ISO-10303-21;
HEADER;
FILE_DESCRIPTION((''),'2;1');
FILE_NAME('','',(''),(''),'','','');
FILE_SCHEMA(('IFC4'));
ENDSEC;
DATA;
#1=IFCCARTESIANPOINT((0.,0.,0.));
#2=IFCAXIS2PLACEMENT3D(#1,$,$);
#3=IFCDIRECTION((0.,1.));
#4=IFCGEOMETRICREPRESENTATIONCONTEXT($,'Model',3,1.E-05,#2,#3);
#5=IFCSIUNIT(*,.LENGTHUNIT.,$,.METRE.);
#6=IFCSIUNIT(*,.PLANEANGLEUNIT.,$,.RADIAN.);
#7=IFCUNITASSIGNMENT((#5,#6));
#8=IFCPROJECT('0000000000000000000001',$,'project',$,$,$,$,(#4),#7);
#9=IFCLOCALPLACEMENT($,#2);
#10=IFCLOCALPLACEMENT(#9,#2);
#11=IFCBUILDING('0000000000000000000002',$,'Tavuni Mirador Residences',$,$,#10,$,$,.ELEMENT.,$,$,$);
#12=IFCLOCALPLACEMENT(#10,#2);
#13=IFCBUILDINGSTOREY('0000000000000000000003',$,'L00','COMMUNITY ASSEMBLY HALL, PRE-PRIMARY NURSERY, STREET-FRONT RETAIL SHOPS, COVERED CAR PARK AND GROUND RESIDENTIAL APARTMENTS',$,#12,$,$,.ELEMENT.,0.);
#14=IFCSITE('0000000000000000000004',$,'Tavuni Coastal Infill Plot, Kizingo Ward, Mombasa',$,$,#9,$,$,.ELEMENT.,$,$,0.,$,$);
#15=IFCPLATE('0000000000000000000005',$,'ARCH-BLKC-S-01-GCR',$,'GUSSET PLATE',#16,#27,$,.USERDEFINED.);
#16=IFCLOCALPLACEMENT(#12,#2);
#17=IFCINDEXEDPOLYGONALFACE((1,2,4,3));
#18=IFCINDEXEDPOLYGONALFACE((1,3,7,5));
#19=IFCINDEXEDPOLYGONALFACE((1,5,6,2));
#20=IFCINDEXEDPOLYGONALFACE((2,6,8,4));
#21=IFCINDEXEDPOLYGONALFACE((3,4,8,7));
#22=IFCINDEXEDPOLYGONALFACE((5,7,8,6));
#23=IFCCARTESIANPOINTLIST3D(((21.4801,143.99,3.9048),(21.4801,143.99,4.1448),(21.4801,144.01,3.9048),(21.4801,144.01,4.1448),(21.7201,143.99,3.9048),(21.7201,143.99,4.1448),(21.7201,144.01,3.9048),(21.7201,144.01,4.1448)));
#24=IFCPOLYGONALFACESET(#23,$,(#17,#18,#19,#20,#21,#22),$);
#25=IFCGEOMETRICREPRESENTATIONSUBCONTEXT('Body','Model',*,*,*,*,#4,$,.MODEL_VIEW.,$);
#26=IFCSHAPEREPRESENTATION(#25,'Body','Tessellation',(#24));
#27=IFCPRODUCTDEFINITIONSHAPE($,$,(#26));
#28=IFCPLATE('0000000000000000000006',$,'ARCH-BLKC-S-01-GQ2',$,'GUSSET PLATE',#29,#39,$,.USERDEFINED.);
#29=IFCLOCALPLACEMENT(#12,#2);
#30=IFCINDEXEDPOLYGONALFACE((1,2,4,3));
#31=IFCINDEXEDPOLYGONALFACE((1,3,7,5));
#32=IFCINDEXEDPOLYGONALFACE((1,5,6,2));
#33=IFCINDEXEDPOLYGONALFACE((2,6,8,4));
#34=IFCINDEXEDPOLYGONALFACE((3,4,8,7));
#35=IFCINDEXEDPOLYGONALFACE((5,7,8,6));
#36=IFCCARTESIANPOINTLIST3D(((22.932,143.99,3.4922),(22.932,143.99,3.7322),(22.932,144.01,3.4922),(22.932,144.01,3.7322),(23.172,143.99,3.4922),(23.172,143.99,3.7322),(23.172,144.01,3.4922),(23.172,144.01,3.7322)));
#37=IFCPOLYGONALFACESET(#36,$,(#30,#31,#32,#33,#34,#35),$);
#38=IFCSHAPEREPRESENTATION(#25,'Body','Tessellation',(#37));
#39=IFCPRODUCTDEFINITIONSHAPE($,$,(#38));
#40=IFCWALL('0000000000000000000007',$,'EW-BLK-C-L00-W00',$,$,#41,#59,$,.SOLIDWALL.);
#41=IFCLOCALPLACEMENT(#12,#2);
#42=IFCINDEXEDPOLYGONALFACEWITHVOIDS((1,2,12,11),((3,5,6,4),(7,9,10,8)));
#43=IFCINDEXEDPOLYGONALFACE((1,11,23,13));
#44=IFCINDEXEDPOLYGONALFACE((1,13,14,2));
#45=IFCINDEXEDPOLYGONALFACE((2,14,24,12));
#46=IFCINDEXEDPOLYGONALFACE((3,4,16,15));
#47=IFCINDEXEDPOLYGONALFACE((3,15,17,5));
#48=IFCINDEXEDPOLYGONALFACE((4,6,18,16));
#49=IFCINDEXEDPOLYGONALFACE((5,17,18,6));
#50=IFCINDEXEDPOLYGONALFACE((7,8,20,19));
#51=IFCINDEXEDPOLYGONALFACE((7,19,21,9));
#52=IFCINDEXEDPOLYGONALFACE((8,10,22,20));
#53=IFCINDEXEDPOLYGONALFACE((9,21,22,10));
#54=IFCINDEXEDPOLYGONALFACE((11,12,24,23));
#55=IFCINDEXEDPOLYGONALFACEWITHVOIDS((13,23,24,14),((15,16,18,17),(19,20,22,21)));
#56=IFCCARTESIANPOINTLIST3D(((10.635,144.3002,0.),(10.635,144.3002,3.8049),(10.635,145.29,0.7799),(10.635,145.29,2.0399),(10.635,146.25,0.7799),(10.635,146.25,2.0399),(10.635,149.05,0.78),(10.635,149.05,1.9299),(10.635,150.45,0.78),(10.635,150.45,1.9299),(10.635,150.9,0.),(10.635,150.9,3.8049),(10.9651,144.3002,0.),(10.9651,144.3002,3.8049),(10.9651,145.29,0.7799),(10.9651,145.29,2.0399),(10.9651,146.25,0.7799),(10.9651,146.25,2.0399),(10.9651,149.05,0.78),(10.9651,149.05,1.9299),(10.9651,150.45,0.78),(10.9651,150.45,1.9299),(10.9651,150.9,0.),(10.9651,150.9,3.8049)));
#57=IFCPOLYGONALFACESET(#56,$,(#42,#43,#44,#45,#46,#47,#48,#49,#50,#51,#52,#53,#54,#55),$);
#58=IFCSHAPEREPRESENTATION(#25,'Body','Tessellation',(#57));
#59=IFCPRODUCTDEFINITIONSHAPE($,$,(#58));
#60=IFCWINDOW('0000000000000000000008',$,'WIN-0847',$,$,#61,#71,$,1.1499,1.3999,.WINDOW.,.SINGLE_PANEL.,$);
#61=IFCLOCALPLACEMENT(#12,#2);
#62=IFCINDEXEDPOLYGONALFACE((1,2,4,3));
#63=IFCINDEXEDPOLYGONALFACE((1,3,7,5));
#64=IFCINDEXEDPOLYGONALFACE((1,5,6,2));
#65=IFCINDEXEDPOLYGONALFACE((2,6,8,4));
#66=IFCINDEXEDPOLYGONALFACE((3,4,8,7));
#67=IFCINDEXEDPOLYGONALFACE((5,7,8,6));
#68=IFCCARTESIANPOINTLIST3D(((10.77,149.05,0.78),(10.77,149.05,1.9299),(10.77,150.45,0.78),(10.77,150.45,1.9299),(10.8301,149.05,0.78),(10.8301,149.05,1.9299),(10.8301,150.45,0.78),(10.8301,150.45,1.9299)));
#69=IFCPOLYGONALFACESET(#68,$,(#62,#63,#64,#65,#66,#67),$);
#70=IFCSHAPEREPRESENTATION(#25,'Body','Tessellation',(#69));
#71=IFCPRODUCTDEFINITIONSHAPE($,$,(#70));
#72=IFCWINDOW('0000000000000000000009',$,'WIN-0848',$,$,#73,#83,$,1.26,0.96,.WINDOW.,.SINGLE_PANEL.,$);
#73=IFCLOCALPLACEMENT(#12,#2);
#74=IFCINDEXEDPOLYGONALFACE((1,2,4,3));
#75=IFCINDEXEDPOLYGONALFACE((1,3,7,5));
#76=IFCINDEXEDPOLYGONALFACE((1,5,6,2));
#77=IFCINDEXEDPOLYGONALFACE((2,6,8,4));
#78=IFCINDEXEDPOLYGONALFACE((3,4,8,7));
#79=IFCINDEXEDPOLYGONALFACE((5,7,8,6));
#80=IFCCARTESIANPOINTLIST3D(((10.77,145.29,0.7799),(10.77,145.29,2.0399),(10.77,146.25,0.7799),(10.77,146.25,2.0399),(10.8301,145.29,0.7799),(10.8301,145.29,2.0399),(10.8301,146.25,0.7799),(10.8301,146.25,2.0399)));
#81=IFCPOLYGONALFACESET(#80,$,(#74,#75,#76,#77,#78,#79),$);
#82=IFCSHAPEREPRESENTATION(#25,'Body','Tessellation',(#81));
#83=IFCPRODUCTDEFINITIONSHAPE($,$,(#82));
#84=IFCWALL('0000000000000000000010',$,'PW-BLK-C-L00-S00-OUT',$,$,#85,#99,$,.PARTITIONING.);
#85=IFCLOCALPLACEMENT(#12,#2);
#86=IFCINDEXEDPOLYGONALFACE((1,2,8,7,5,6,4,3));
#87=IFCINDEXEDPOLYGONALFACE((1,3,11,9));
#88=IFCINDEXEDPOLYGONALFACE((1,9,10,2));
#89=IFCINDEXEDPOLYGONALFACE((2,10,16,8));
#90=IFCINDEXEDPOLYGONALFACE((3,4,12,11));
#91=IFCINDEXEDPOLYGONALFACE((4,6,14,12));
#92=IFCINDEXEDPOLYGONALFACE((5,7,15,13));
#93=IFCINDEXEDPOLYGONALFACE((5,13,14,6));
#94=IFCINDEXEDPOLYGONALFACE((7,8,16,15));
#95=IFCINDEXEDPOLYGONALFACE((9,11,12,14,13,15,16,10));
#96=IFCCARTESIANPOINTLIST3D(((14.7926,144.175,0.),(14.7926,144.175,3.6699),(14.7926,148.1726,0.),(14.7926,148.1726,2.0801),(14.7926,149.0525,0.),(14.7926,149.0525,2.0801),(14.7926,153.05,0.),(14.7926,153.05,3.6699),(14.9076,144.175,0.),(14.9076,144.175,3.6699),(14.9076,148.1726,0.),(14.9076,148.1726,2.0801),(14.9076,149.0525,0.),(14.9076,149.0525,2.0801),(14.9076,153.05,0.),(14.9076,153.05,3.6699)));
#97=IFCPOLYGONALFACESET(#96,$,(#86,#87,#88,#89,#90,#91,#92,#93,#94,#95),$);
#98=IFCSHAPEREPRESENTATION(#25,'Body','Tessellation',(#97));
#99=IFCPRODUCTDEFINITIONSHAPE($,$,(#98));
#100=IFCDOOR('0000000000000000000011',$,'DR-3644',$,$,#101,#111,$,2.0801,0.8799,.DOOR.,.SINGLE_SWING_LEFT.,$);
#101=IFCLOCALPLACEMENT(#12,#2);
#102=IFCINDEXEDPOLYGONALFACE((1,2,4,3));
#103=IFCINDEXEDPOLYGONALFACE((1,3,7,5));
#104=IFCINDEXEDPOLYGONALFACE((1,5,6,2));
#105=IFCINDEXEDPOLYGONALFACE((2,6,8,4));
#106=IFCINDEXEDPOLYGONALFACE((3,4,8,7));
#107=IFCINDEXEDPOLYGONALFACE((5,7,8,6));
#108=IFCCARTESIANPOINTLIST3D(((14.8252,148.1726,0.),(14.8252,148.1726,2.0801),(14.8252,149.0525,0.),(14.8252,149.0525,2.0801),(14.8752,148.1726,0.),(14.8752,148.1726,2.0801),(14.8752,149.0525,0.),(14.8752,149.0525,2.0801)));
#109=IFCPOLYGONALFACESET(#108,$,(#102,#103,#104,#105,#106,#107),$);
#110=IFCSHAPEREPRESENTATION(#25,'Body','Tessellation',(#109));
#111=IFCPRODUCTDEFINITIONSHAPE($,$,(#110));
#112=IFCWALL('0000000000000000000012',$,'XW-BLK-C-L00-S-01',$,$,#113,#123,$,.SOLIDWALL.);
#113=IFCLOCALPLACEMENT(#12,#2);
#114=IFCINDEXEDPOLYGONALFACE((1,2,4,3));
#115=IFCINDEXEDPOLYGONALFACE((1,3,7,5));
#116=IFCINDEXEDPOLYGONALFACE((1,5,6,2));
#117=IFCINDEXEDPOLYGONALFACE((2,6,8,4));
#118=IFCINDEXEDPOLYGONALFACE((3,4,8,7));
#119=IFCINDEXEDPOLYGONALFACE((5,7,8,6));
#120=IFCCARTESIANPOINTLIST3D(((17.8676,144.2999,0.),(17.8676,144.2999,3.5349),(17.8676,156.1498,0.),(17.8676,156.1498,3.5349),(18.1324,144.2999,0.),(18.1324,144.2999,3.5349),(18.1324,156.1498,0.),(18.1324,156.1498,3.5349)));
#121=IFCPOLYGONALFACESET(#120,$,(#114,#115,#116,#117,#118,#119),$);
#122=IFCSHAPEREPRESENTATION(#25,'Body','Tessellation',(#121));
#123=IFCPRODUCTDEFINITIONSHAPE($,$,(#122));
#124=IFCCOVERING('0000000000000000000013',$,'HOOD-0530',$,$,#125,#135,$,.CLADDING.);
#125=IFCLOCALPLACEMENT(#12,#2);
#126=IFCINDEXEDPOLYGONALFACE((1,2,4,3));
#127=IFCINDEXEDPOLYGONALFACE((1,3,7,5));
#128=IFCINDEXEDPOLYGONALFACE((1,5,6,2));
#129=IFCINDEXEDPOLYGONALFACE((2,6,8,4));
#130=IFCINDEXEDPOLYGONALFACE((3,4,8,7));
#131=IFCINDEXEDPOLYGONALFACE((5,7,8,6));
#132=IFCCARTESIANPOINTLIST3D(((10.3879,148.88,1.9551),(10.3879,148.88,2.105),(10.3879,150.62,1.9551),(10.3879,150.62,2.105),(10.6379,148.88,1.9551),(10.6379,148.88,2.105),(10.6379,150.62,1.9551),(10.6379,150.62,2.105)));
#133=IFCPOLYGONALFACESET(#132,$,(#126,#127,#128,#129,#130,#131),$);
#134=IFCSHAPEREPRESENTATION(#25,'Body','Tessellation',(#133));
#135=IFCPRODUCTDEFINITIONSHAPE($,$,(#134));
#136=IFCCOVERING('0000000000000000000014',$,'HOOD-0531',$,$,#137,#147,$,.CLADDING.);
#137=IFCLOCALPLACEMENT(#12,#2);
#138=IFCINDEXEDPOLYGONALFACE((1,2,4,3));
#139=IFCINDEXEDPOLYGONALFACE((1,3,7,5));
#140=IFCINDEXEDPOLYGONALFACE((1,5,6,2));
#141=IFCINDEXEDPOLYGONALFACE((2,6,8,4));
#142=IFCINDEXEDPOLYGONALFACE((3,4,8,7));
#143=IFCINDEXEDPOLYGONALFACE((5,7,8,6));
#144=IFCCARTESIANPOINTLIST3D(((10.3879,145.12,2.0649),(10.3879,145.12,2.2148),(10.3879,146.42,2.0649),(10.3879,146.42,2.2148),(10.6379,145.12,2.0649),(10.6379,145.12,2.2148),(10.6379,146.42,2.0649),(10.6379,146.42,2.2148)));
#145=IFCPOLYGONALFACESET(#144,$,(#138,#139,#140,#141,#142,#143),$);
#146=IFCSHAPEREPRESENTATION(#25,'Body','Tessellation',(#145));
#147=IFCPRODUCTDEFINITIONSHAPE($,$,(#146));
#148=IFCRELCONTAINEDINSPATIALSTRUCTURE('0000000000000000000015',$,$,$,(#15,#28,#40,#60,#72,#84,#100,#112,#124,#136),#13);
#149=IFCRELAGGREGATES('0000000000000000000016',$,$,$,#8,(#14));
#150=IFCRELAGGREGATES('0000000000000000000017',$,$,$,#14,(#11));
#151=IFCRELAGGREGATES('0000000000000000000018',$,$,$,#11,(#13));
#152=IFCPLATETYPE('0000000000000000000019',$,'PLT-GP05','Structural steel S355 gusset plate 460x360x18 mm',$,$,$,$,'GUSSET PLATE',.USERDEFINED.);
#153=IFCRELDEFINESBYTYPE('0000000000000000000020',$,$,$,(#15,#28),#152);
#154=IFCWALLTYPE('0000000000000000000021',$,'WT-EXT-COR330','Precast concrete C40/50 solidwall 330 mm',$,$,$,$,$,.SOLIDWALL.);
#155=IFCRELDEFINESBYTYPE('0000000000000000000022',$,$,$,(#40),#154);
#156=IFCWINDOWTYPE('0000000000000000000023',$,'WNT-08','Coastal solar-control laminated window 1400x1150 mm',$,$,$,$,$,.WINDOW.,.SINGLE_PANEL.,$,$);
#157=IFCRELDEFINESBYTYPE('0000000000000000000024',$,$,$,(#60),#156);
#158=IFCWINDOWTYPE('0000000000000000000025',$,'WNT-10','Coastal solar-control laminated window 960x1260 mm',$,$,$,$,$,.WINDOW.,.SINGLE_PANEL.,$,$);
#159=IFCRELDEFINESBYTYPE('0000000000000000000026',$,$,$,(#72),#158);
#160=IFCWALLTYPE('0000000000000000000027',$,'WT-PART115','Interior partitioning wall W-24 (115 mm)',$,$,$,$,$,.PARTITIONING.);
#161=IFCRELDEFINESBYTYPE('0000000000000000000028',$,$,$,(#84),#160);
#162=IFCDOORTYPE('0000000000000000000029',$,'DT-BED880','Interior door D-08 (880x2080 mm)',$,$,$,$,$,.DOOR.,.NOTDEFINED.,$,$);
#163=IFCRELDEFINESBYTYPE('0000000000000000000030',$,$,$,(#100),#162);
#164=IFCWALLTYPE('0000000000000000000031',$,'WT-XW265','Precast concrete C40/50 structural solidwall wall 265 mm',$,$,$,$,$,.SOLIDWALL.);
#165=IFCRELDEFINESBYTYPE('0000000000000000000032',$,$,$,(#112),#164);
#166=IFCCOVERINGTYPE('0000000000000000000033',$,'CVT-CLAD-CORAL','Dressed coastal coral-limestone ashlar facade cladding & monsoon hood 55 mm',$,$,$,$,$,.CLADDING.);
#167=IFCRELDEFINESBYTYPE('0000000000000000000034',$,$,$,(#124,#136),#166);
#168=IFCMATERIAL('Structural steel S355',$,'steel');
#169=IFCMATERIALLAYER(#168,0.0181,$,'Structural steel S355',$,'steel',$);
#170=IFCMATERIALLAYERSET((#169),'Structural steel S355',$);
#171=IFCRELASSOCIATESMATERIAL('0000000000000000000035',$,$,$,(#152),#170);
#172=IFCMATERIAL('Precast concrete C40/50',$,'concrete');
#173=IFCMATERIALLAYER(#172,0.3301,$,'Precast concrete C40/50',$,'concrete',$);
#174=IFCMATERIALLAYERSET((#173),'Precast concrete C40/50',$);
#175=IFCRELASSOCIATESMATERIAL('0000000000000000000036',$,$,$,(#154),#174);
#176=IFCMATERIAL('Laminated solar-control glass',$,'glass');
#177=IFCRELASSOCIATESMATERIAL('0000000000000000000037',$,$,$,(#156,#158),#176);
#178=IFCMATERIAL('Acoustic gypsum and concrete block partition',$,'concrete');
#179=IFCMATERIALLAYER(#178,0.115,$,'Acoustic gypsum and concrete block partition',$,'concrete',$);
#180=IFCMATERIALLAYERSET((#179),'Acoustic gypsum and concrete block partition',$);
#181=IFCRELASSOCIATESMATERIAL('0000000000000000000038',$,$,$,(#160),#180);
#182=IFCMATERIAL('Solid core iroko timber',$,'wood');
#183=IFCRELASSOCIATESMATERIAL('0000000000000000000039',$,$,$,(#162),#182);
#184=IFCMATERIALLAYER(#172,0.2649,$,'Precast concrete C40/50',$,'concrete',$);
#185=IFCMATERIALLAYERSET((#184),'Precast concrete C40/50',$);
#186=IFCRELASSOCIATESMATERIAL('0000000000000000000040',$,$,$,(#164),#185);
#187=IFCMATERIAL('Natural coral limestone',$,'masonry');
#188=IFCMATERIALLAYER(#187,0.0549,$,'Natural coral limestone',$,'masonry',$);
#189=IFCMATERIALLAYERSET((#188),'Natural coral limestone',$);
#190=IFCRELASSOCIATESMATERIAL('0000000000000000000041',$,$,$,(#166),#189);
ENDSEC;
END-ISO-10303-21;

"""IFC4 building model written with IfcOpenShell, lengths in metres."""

from ifc_helpers import new_model, si_unit, direction, frame, frame_2d, origin, origin_2d, place, context, subcontext, project, spatial, rectangle, extrude, material, layer, layer_set, type_object, element, fill, save


model = new_model("IFC4")

# Units and contexts
model_context = context("Model", 3, precision=1e-05, world=origin(), true_north=direction((0.0, 1.0)))
body_context = subcontext(model_context, "Body", "Model", "MODEL_VIEW")
ifc_project = project(units=[si_unit("LENGTHUNIT", "METRE"), si_unit("PLANEANGLEUNIT", "RADIAN")], contexts=[model_context])

# Site, building, storey
site_placement = place(None, origin())
site = spatial("IfcSite", under=ifc_project, at=site_placement, Name="Tavuni Coastal Infill Plot, Kizingo Ward, Mombasa", CompositionType="ELEMENT", RefElevation=0.0)
building_placement = place(site_placement, origin())
building = spatial("IfcBuilding", under=site, at=building_placement, Name="Tavuni Mirador Residences", CompositionType="ELEMENT")
storey_placement = place(building_placement, origin())
storey = spatial("IfcBuildingStorey", under=building, at=storey_placement, Name="L00", Description="COMMUNITY ASSEMBLY HALL, PRE-PRIMARY NURSERY, STREET-FRONT RETAIL SHOPS, COVERED CAR PARK AND GROUND RESIDENTIAL APARTMENTS", CompositionType="ELEMENT", Elevation=0.0)

# Shared definitions
ifc_material_1 = material(Name="Precast concrete C40/50", Category="concrete")

# Shared definitions
ifc_material_2 = material(Name="Structural steel S355", Category="steel")

# Plates
ifc_layer_1 = layer(ifc_material_2, 0.0181, Name="Structural steel S355", Category="steel")
ifc_layer_set_1 = layer_set([ifc_layer_1], Name="Structural steel S355")
plate_type = type_object("IfcPlateType", Name="PLT-GP05", Description="Structural steel S355 gusset plate 460x360x18 mm", ElementType="GUSSET PLATE", PredefinedType="USERDEFINED", material=ifc_layer_set_1)
for number, where, z_axis, x_axis, name in (
    (1, (21.6001, 144.0, 3.9048), (0.0, 0.0, 1.0), (1.0, 0.0, 0.0), "ARCH-BLKC-S-01-GCR"),
    (2, (23.052, 144.0, 3.4922), (0.0, 0.0, 1.0), (1.0, 0.0, 0.0), "ARCH-BLKC-S-01-GQ2"),
):
    element("IfcPlate", number, at=place(storey_placement, frame(where, z_axis=z_axis, x_axis=x_axis)), inside=storey, type_object=plate_type, Name=name, ObjectType="GUSSET PLATE", PredefinedType="USERDEFINED", context=body_context, shape_type="SweptSolid", body=[
        extrude(rectangle(XDim=0.24, YDim=0.02, at=origin_2d()), origin(), (0.0, 0.0, 1.0), 0.24),
    ])

# Wall, openings, windows
ifc_layer_2 = layer(ifc_material_1, 0.3301, Name="Precast concrete C40/50", Category="concrete")
ifc_layer_set_2 = layer_set([ifc_layer_2], Name="Precast concrete C40/50")
wall_type_1 = type_object("IfcWallType", Name="WT-EXT-COR330", Description="Precast concrete C40/50 solidwall 330 mm", PredefinedType="SOLIDWALL", material=ifc_layer_set_2)
wall_1_placement = place(storey_placement, frame((10.8, 150.8999, 0.0), z_axis=(0.0, 0.0, 1.0), x_axis=(0.0, -1.0, 0.0)))
wall_1 = element("IfcWall", 3, at=wall_1_placement, inside=storey, type_object=wall_type_1, Name="EW-BLK-C-L00-W00", PredefinedType="SOLIDWALL", context=body_context, shape_type="SweptSolid", body=[
    extrude(rectangle(XDim=6.5999, YDim=0.3301, at=frame_2d((3.2998, 0.0))), origin(), (0.0, 0.0, 1.0), 3.8049),
])
opening_1_placement = place(wall_1_placement, frame((0.45, 0.0, 0.78)))
opening_1 = element("IfcOpeningElement", 4, at=opening_1_placement, cuts=wall_1, PredefinedType="OPENING", context=body_context, shape_type="SweptSolid", body=[
    extrude(rectangle(XDim=1.3999, YDim=1.1499, at=frame_2d((0.7, 0.575))), frame((0.0, 0.175, 0.0), z_axis=(0.0, -1.0, 0.0), x_axis=(1.0, 0.0, 0.0)), (0.0, 0.0, 1.0), 0.3501),
])
opening_2_placement = place(wall_1_placement, frame((4.6499, 0.0, 0.78)))
opening_2 = element("IfcOpeningElement", 5, at=opening_2_placement, cuts=wall_1, PredefinedType="OPENING", context=body_context, shape_type="SweptSolid", body=[
    extrude(rectangle(XDim=0.96, YDim=1.26, at=frame_2d((0.48, 0.6299))), frame((0.0, 0.175, 0.0), z_axis=(0.0, -1.0, 0.0), x_axis=(1.0, 0.0, 0.0)), (0.0, 0.0, 1.0), 0.3501),
])
ifc_material_3 = material(Name="Laminated solar-control glass", Category="glass")
window_type_1 = type_object("IfcWindowType", Name="WNT-08", Description="Coastal solar-control laminated window 1400x1150 mm", PartitioningType="SINGLE_PANEL", PredefinedType="WINDOW", material=ifc_material_3)
window_1_placement = place(opening_1_placement, origin())
window_1 = element("IfcWindow", 6, at=window_1_placement, inside=storey, type_object=window_type_1, Name="WIN-0847", OverallHeight=1.1499, OverallWidth=1.3999, PartitioningType="SINGLE_PANEL", PredefinedType="WINDOW", context=body_context, shape_type="SweptSolid", body=[
    extrude(rectangle(XDim=1.3999, YDim=1.1499, at=frame_2d((0.7, 0.575))), frame((0.0, 0.03, 0.0), z_axis=(0.0, -1.0, 0.0), x_axis=(1.0, 0.0, 0.0)), (0.0, 0.0, 1.0), 0.0601),
])
fill(opening_1, window_1)
window_type_2 = type_object("IfcWindowType", Name="WNT-10", Description="Coastal solar-control laminated window 960x1260 mm", PartitioningType="SINGLE_PANEL", PredefinedType="WINDOW", material=ifc_material_3)
window_2_placement = place(opening_2_placement, origin())
window_2 = element("IfcWindow", 7, at=window_2_placement, inside=storey, type_object=window_type_2, Name="WIN-0848", OverallHeight=1.26, OverallWidth=0.96, PartitioningType="SINGLE_PANEL", PredefinedType="WINDOW", context=body_context, shape_type="SweptSolid", body=[
    extrude(rectangle(XDim=0.96, YDim=1.26, at=frame_2d((0.48, 0.6299))), frame((0.0, 0.03, 0.0), z_axis=(0.0, -1.0, 0.0), x_axis=(1.0, 0.0, 0.0)), (0.0, 0.0, 1.0), 0.0601),
])
fill(opening_2, window_2)

# Wall, opening, door
ifc_material_4 = material(Name="Acoustic gypsum and concrete block partition", Category="concrete")
ifc_layer_3 = layer(ifc_material_4, 0.115, Name="Acoustic gypsum and concrete block partition", Category="concrete")
ifc_layer_set_3 = layer_set([ifc_layer_3], Name="Acoustic gypsum and concrete block partition")
wall_type_2 = type_object("IfcWallType", Name="WT-PART115", Description="Interior partitioning wall W-24 (115 mm)", PredefinedType="PARTITIONING", material=ifc_layer_set_3)
wall_2_placement = place(storey_placement, frame((14.8501, 144.175, 0.0), z_axis=(0.0, 0.0, 1.0), x_axis=(0.0, 1.0, 0.0)))
wall_2 = element("IfcWall", 8, at=wall_2_placement, inside=storey, type_object=wall_type_2, Name="PW-BLK-C-L00-S00-OUT", PredefinedType="PARTITIONING", context=body_context, shape_type="SweptSolid", body=[
    extrude(rectangle(XDim=8.875, YDim=0.115, at=frame_2d((4.4375, 0.0))), origin(), (0.0, 0.0, 1.0), 3.6699),
])
opening_3_placement = place(wall_2_placement, frame((3.9976, 0.0, 0.0)))
opening_3 = element("IfcOpeningElement", 9, at=opening_3_placement, cuts=wall_2, PredefinedType="OPENING", context=body_context, shape_type="SweptSolid", body=[
    extrude(rectangle(XDim=0.8799, YDim=2.0801, at=frame_2d((0.4399, 1.04))), frame((0.0, 0.0674, 0.0), z_axis=(0.0, -1.0, 0.0), x_axis=(1.0, 0.0, 0.0)), (0.0, 0.0, 1.0), 0.135),
])
ifc_material_5 = material(Name="Solid core iroko timber", Category="wood")
door_type = type_object("IfcDoorType", Name="DT-BED880", Description="Interior door D-08 (880x2080 mm)", OperationType="NOTDEFINED", PredefinedType="DOOR", material=ifc_material_5)
door_placement = place(opening_3_placement, origin())
door = element("IfcDoor", 10, at=door_placement, inside=storey, type_object=door_type, Name="DR-3644", OperationType="SINGLE_SWING_LEFT", OverallHeight=2.0801, OverallWidth=0.8799, PredefinedType="DOOR", context=body_context, shape_type="SweptSolid", body=[
    extrude(rectangle(XDim=0.8799, YDim=2.0801, at=frame_2d((0.4399, 1.04))), frame((0.0, 0.0249, 0.0), z_axis=(0.0, -1.0, 0.0), x_axis=(1.0, 0.0, 0.0)), (0.0, 0.0, 1.0), 0.05),
])
fill(opening_3, door)

# Wall
ifc_layer_4 = layer(ifc_material_1, 0.2649, Name="Precast concrete C40/50", Category="concrete")
ifc_layer_set_4 = layer_set([ifc_layer_4], Name="Precast concrete C40/50")
wall_type_3 = type_object("IfcWallType", Name="WT-XW265", Description="Precast concrete C40/50 structural solidwall wall 265 mm", PredefinedType="SOLIDWALL", material=ifc_layer_set_4)
wall_3_placement = place(storey_placement, frame((18.0, 144.3, 0.0), z_axis=(0.0, 0.0, 1.0), x_axis=(0.0, 1.0, 0.0)))
element("IfcWall", 11, at=wall_3_placement, inside=storey, type_object=wall_type_3, Name="XW-BLK-C-L00-S-01", PredefinedType="SOLIDWALL", context=body_context, shape_type="SweptSolid", body=[
    extrude(rectangle(XDim=11.8499, YDim=0.2649, at=frame_2d((5.9248, 0.0))), origin(), (0.0, 0.0, 1.0), 3.5349),
])

# Coverings
ifc_material_6 = material(Name="Natural coral limestone", Category="masonry")
ifc_layer_5 = layer(ifc_material_6, 0.0549, Name="Natural coral limestone", Category="masonry")
ifc_layer_set_5 = layer_set([ifc_layer_5], Name="Natural coral limestone")
covering_type = type_object("IfcCoveringType", Name="CVT-CLAD-CORAL", Description="Dressed coastal coral-limestone ashlar facade cladding & monsoon hood 55 mm", PredefinedType="CLADDING", material=ifc_layer_set_5)
covering_1_placement = place(storey_placement, frame((10.5129, 149.75, 1.9551), z_axis=(0.0, 0.0, 1.0), x_axis=(0.0, -1.0, 0.0)))
element("IfcCovering", 12, at=covering_1_placement, inside=storey, type_object=covering_type, Name="HOOD-0530", PredefinedType="CLADDING", context=body_context, shape_type="SweptSolid", body=[
    extrude(rectangle(XDim=1.74, YDim=0.25, at=origin_2d()), origin(), (0.0, 0.0, 1.0), 0.1499),
])
covering_2_placement = place(storey_placement, frame((10.5129, 145.77, 2.0649), z_axis=(0.0, 0.0, 1.0), x_axis=(0.0, -1.0, 0.0)))
element("IfcCovering", 13, at=covering_2_placement, inside=storey, type_object=covering_type, Name="HOOD-0531", PredefinedType="CLADDING", context=body_context, shape_type="SweptSolid", body=[
    extrude(rectangle(XDim=1.3, YDim=0.25, at=origin_2d()), origin(), (0.0, 0.0, 1.0), 0.1499),
])

save(model, "model.ifc")
